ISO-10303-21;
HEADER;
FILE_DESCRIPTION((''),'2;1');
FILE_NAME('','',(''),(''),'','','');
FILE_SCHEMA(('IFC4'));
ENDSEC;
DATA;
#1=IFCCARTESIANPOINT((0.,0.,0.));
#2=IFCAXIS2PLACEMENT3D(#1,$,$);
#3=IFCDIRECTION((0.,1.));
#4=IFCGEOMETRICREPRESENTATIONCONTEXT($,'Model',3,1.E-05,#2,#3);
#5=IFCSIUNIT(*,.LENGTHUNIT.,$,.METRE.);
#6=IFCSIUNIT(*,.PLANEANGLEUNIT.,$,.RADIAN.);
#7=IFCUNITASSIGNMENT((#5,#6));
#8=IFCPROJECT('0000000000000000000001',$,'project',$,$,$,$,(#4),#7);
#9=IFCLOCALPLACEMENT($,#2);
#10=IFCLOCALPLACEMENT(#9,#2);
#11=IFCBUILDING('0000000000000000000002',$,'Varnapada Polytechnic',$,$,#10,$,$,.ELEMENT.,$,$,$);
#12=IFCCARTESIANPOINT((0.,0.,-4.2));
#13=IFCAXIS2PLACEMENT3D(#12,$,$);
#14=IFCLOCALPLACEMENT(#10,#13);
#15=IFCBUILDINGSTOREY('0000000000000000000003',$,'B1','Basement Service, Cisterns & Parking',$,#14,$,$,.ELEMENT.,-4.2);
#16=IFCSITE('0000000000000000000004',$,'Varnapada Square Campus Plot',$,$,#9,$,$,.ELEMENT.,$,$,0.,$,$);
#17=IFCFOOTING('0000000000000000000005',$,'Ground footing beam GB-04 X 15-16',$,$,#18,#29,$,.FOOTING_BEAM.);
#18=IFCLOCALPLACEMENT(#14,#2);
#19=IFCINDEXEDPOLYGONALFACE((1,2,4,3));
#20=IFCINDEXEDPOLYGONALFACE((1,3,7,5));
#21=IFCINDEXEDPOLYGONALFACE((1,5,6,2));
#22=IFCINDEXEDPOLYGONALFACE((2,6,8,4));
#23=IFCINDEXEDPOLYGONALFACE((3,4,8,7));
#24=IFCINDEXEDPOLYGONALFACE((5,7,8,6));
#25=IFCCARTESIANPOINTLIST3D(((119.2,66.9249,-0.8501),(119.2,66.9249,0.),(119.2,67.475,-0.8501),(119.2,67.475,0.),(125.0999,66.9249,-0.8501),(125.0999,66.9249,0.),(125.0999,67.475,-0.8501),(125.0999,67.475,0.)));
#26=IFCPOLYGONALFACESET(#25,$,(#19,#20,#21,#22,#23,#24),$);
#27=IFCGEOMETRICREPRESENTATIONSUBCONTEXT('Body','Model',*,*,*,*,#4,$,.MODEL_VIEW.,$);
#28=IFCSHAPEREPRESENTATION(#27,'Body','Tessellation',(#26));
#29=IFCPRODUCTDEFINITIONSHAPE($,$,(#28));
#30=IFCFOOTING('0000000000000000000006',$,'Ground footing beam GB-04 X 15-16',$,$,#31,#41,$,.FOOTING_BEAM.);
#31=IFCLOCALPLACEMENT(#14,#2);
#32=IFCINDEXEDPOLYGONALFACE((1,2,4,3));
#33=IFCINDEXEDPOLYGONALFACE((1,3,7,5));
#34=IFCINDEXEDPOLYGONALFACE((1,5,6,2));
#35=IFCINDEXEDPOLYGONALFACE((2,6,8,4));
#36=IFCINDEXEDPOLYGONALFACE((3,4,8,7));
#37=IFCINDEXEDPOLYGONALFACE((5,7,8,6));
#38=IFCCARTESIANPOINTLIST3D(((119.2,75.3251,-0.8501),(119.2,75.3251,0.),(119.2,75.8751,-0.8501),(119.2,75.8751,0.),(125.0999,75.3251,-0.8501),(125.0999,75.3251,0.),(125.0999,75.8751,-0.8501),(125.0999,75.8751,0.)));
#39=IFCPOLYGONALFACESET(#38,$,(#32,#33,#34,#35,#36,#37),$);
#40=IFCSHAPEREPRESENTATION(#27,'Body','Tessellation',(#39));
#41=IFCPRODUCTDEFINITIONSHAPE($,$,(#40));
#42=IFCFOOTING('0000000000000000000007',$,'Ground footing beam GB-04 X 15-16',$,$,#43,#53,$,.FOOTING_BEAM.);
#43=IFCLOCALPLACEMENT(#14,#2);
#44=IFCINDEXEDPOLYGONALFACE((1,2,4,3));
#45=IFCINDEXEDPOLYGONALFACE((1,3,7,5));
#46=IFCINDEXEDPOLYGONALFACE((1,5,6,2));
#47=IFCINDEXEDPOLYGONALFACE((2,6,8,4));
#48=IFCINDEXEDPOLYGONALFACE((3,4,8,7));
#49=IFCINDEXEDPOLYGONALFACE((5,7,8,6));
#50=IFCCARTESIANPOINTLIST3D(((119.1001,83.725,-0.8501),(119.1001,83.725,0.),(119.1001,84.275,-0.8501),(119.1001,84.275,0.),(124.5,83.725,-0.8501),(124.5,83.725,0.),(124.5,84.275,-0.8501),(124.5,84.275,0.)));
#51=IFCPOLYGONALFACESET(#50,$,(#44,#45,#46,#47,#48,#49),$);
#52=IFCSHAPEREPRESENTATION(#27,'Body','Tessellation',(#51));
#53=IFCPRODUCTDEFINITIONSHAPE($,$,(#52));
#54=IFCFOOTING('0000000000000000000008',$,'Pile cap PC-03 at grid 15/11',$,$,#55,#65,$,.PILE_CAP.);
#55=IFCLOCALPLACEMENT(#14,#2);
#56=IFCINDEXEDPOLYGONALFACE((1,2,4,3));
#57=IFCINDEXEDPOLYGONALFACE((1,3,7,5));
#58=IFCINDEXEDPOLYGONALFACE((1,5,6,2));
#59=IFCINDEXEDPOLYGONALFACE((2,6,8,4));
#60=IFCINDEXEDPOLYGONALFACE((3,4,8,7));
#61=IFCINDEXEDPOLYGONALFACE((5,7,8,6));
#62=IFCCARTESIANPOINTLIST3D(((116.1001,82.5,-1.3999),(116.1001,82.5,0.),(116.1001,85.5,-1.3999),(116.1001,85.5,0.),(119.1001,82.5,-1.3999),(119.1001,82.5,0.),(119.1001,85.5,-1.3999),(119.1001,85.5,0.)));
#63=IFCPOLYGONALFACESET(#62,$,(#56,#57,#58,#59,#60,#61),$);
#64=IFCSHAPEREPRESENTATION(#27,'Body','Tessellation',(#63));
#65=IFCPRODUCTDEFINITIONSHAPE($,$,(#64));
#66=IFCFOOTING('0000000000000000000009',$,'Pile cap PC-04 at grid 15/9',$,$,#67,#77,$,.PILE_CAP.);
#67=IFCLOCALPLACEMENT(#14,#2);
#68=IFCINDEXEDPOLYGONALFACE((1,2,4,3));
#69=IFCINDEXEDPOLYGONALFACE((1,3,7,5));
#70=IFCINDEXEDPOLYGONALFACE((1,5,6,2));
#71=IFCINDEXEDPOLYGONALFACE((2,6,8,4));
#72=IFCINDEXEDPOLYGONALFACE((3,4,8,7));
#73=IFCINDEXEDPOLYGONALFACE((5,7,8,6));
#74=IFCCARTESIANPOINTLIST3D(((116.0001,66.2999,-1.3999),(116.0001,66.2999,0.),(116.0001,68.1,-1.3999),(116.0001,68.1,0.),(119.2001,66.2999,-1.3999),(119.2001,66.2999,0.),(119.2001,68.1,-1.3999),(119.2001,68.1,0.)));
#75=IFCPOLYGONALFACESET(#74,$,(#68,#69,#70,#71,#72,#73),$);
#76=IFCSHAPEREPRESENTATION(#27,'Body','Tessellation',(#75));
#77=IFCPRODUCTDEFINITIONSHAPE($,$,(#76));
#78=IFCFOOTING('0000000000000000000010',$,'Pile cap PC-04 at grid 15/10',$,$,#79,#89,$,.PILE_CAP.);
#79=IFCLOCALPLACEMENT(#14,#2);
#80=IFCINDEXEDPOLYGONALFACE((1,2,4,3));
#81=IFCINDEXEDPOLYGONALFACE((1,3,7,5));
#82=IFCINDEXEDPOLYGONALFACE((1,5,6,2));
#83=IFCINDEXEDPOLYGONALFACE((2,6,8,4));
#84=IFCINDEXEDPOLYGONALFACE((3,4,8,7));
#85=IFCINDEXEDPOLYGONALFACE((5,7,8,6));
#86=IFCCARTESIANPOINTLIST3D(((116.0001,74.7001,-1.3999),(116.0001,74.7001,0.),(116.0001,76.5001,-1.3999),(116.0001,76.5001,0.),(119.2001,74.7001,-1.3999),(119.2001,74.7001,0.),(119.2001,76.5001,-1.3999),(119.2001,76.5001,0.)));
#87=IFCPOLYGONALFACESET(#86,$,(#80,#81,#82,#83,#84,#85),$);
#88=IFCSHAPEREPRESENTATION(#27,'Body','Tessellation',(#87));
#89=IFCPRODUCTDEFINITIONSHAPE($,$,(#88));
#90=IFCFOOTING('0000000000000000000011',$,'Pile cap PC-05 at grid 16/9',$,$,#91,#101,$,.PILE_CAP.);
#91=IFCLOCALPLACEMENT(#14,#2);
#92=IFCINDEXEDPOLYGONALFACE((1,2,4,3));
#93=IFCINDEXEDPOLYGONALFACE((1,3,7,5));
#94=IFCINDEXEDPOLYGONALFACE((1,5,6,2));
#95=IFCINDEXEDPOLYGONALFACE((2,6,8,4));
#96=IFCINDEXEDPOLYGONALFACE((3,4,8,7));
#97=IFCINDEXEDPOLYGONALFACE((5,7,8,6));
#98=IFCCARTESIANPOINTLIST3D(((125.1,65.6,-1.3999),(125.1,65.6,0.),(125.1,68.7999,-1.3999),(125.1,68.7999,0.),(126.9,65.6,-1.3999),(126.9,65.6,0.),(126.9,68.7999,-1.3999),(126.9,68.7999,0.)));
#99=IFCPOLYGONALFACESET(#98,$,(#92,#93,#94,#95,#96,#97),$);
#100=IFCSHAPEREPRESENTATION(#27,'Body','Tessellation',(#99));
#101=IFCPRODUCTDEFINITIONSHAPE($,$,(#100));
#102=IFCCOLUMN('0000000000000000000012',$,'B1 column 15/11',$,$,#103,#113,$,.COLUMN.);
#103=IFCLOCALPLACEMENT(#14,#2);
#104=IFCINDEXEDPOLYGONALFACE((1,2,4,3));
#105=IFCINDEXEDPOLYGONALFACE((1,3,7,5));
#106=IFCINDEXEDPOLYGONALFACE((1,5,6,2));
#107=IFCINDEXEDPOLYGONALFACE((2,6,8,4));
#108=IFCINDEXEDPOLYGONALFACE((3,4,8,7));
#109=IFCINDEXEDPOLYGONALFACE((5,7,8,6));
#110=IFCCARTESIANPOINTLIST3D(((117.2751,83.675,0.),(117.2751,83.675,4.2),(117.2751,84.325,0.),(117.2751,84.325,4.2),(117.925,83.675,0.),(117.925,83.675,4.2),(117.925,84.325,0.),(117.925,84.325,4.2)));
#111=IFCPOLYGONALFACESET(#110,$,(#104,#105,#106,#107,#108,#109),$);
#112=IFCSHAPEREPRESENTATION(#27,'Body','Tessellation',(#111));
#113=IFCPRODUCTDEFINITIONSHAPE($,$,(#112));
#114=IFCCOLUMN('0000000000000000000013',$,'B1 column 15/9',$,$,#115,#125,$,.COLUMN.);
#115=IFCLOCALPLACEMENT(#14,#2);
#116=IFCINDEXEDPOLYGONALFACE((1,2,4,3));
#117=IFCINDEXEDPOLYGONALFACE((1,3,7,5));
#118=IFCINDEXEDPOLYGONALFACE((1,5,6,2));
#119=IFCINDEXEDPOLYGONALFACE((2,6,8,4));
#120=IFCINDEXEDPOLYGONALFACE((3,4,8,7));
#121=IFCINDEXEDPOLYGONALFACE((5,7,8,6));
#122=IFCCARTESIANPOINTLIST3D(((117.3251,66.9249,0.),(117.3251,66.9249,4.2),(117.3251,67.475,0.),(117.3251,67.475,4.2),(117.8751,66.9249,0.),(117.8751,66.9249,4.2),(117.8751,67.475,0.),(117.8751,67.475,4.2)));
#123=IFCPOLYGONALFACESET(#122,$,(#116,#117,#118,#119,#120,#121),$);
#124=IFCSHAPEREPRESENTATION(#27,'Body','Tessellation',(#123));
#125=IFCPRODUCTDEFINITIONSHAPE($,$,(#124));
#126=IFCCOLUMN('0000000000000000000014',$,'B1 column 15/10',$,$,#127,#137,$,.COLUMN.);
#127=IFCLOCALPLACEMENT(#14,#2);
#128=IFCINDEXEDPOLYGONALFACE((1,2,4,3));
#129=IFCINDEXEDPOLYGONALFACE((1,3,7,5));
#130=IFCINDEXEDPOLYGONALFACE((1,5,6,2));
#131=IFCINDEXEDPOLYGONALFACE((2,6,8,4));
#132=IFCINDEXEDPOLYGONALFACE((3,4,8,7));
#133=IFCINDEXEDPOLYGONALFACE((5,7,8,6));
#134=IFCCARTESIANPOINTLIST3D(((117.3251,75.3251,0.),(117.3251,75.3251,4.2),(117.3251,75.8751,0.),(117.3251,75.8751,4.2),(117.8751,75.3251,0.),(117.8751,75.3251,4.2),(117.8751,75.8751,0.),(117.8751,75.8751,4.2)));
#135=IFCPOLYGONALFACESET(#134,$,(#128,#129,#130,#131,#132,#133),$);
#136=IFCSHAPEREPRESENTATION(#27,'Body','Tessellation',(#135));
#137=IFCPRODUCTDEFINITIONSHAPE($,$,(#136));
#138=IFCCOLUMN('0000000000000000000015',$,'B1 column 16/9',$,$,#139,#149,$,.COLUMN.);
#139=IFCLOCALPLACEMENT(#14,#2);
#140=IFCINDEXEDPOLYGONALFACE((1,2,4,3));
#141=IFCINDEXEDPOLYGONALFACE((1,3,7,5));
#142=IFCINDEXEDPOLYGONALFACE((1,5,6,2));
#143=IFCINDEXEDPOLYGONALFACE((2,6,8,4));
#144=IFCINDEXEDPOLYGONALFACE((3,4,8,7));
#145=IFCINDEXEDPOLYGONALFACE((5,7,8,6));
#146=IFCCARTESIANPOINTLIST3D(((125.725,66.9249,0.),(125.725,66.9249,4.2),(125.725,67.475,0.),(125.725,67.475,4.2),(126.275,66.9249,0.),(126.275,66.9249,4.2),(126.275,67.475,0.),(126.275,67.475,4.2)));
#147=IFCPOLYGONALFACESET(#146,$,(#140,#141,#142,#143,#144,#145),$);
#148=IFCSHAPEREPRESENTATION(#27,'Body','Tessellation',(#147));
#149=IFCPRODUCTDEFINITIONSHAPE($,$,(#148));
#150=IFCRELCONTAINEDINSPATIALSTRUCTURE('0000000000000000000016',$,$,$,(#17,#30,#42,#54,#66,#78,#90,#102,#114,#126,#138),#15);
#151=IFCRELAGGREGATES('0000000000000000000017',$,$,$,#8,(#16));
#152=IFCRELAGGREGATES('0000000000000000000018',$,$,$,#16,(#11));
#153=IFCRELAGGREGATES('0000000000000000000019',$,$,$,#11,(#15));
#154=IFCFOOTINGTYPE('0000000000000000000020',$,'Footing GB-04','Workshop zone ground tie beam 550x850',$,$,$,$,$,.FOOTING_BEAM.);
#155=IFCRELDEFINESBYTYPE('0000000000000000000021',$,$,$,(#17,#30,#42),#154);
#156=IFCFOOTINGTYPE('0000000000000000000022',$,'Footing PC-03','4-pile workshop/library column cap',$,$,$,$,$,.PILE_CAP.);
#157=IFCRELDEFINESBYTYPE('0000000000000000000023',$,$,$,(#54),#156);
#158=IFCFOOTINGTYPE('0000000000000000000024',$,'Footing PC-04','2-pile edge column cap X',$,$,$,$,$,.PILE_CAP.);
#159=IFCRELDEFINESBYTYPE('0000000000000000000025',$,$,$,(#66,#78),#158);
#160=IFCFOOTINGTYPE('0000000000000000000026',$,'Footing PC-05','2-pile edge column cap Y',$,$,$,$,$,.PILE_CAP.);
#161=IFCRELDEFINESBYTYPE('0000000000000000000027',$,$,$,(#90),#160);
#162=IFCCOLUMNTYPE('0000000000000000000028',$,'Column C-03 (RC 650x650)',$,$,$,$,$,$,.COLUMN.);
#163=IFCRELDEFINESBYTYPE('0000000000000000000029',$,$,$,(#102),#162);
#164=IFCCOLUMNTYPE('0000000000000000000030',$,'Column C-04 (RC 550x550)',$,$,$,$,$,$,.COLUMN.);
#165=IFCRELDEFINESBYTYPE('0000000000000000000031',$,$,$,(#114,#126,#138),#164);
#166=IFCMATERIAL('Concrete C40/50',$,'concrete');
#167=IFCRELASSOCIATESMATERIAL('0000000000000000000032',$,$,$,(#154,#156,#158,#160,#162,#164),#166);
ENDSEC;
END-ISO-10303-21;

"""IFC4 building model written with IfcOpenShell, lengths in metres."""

from ifc_helpers import new_model, si_unit, direction, frame, origin, origin_2d, place, context, subcontext, project, spatial, rectangle, extrude, material, material_profile, profile_set, type_object, element, save


model = new_model("IFC4")

# Units and contexts
model_context = context("Model", 3, precision=1e-05, world=origin(), true_north=direction((0.0, 1.0)))
body_context = subcontext(model_context, "Body", "Model", "MODEL_VIEW")
ifc_project = project(units=[si_unit("LENGTHUNIT", "METRE"), si_unit("PLANEANGLEUNIT", "RADIAN")], contexts=[model_context])

# Site, building, storey
site_placement = place(None, origin())
site = spatial("IfcSite", under=ifc_project, at=site_placement, Name="Varnapada Square Campus Plot", CompositionType="ELEMENT", RefElevation=0.0)
building_placement = place(site_placement, origin())
building = spatial("IfcBuilding", under=site, at=building_placement, Name="Varnapada Polytechnic", CompositionType="ELEMENT")
storey_placement = place(building_placement, frame((0.0, 0.0, -4.2)))
storey = spatial("IfcBuildingStorey", under=building, at=storey_placement, Name="B1", Description="Basement Service, Cisterns & Parking", CompositionType="ELEMENT", Elevation=-4.2)

# Shared definitions
ifc_material = material(Name="Concrete C40/50", Category="concrete")

# Footings
footing_type_1 = type_object("IfcFootingType", Name="Footing GB-04", Description="Workshop zone ground tie beam 550x850", PredefinedType="FOOTING_BEAM", material=ifc_material)
for number, where, z_axis, x_axis, name in (
    (1, (122.1499, 67.2, -0.8501), (0.0, 0.0, 1.0), (1.0, 0.0, 0.0), "Ground footing beam GB-04 X 15-16"),
    (2, (122.1499, 75.6001, -0.8501), (0.0, 0.0, 1.0), (1.0, 0.0, 0.0), "Ground footing beam GB-04 X 15-16"),
):
    element("IfcFooting", number, at=place(storey_placement, frame(where, z_axis=z_axis, x_axis=x_axis)), inside=storey, type_object=footing_type_1, Name=name, PredefinedType="FOOTING_BEAM", context=body_context, shape_type="SweptSolid", body=[
        extrude(rectangle(XDim=5.8999, YDim=0.55, at=origin_2d()), origin(), (0.0, 0.0, 1.0), 0.8501),
    ])
footing_1_placement = place(storey_placement, frame((121.8, 84.0, -0.8501), z_axis=(0.0, 0.0, 1.0), x_axis=(1.0, 0.0, 0.0)))
element("IfcFooting", 3, at=footing_1_placement, inside=storey, type_object=footing_type_1, Name="Ground footing beam GB-04 X 15-16", PredefinedType="FOOTING_BEAM", context=body_context, shape_type="SweptSolid", body=[
    extrude(rectangle(XDim=5.3999, YDim=0.55, at=origin_2d()), origin(), (0.0, 0.0, 1.0), 0.8501),
])
footing_type_2 = type_object("IfcFootingType", Name="Footing PC-03", Description="4-pile workshop/library column cap", PredefinedType="PILE_CAP", material=ifc_material)
footing_2_placement = place(storey_placement, frame((117.6001, 84.0, -1.3999), z_axis=(0.0, 0.0, 1.0), x_axis=(1.0, 0.0, 0.0)))
element("IfcFooting", 4, at=footing_2_placement, inside=storey, type_object=footing_type_2, Name="Pile cap PC-03 at grid 15/11", PredefinedType="PILE_CAP", context=body_context, shape_type="SweptSolid", body=[
    extrude(rectangle(XDim=3.0, YDim=3.0, at=origin_2d()), origin(), (0.0, 0.0, 1.0), 1.3999),
])
footing_type_3 = type_object("IfcFootingType", Name="Footing PC-04", Description="2-pile edge column cap X", PredefinedType="PILE_CAP", material=ifc_material)
for number, where, z_axis, x_axis, name in (
    (5, (117.6001, 67.2, -1.3999), (0.0, 0.0, 1.0), (1.0, 0.0, 0.0), "Pile cap PC-04 at grid 15/9"),
    (6, (117.6001, 75.6001, -1.3999), (0.0, 0.0, 1.0), (1.0, 0.0, 0.0), "Pile cap PC-04 at grid 15/10"),
):
    element("IfcFooting", number, at=place(storey_placement, frame(where, z_axis=z_axis, x_axis=x_axis)), inside=storey, type_object=footing_type_3, Name=name, PredefinedType="PILE_CAP", context=body_context, shape_type="SweptSolid", body=[
        extrude(rectangle(XDim=3.2, YDim=1.8, at=origin_2d()), origin(), (0.0, 0.0, 1.0), 1.3999),
    ])
footing_type_4 = type_object("IfcFootingType", Name="Footing PC-05", Description="2-pile edge column cap Y", PredefinedType="PILE_CAP", material=ifc_material)
footing_3_placement = place(storey_placement, frame((126.0, 67.2, -1.3999), z_axis=(0.0, 0.0, 1.0), x_axis=(1.0, 0.0, 0.0)))
element("IfcFooting", 7, at=footing_3_placement, inside=storey, type_object=footing_type_4, Name="Pile cap PC-05 at grid 16/9", PredefinedType="PILE_CAP", context=body_context, shape_type="SweptSolid", body=[
    extrude(rectangle(XDim=1.8, YDim=3.2, at=origin_2d()), origin(), (0.0, 0.0, 1.0), 1.3999),
])

# Columns
ifc_material_profile_1 = material_profile(ifc_material, rectangle(XDim=0.6499, YDim=0.6499, at=origin_2d()), Name="RC 650x650")
ifc_profile_set_1 = profile_set([ifc_material_profile_1], Name="Concrete C40/50")
column_type_1 = type_object("IfcColumnType", Name="Column C-03 (RC 650x650)", PredefinedType="COLUMN", material=ifc_profile_set_1)
column_placement = place(storey_placement, frame((117.6001, 84.0, 0.0), z_axis=(0.0, 0.0, 1.0), x_axis=(1.0, 0.0, 0.0)))
element("IfcColumn", 8, at=column_placement, inside=storey, type_object=column_type_1, Name="B1 column 15/11", PredefinedType="COLUMN", context=body_context, shape_type="SweptSolid", body=[
    extrude(rectangle(XDim=0.6499, YDim=0.6499, at=origin_2d()), origin(), (0.0, 0.0, 1.0), 4.2),
])
ifc_material_profile_2 = material_profile(ifc_material, rectangle(XDim=0.55, YDim=0.55, at=origin_2d()), Name="RC 550x550")
ifc_profile_set_2 = profile_set([ifc_material_profile_2], Name="Concrete C40/50")
column_type_2 = type_object("IfcColumnType", Name="Column C-04 (RC 550x550)", PredefinedType="COLUMN", material=ifc_profile_set_2)
for number, where, z_axis, x_axis, name in (
    (9, (117.6001, 67.2, 0.0), (0.0, 0.0, 1.0), (1.0, 0.0, 0.0), "B1 column 15/9"),
    (10, (117.6001, 75.6001, 0.0), (0.0, 0.0, 1.0), (1.0, 0.0, 0.0), "B1 column 15/10"),
    (11, (126.0, 67.2, 0.0), (0.0, 0.0, 1.0), (1.0, 0.0, 0.0), "B1 column 16/9"),
):
    element("IfcColumn", number, at=place(storey_placement, frame(where, z_axis=z_axis, x_axis=x_axis)), inside=storey, type_object=column_type_2, Name=name, PredefinedType="COLUMN", context=body_context, shape_type="SweptSolid", body=[
        extrude(rectangle(XDim=0.55, YDim=0.55, at=origin_2d()), origin(), (0.0, 0.0, 1.0), 4.2),
    ])

save(model, "model.ifc")
